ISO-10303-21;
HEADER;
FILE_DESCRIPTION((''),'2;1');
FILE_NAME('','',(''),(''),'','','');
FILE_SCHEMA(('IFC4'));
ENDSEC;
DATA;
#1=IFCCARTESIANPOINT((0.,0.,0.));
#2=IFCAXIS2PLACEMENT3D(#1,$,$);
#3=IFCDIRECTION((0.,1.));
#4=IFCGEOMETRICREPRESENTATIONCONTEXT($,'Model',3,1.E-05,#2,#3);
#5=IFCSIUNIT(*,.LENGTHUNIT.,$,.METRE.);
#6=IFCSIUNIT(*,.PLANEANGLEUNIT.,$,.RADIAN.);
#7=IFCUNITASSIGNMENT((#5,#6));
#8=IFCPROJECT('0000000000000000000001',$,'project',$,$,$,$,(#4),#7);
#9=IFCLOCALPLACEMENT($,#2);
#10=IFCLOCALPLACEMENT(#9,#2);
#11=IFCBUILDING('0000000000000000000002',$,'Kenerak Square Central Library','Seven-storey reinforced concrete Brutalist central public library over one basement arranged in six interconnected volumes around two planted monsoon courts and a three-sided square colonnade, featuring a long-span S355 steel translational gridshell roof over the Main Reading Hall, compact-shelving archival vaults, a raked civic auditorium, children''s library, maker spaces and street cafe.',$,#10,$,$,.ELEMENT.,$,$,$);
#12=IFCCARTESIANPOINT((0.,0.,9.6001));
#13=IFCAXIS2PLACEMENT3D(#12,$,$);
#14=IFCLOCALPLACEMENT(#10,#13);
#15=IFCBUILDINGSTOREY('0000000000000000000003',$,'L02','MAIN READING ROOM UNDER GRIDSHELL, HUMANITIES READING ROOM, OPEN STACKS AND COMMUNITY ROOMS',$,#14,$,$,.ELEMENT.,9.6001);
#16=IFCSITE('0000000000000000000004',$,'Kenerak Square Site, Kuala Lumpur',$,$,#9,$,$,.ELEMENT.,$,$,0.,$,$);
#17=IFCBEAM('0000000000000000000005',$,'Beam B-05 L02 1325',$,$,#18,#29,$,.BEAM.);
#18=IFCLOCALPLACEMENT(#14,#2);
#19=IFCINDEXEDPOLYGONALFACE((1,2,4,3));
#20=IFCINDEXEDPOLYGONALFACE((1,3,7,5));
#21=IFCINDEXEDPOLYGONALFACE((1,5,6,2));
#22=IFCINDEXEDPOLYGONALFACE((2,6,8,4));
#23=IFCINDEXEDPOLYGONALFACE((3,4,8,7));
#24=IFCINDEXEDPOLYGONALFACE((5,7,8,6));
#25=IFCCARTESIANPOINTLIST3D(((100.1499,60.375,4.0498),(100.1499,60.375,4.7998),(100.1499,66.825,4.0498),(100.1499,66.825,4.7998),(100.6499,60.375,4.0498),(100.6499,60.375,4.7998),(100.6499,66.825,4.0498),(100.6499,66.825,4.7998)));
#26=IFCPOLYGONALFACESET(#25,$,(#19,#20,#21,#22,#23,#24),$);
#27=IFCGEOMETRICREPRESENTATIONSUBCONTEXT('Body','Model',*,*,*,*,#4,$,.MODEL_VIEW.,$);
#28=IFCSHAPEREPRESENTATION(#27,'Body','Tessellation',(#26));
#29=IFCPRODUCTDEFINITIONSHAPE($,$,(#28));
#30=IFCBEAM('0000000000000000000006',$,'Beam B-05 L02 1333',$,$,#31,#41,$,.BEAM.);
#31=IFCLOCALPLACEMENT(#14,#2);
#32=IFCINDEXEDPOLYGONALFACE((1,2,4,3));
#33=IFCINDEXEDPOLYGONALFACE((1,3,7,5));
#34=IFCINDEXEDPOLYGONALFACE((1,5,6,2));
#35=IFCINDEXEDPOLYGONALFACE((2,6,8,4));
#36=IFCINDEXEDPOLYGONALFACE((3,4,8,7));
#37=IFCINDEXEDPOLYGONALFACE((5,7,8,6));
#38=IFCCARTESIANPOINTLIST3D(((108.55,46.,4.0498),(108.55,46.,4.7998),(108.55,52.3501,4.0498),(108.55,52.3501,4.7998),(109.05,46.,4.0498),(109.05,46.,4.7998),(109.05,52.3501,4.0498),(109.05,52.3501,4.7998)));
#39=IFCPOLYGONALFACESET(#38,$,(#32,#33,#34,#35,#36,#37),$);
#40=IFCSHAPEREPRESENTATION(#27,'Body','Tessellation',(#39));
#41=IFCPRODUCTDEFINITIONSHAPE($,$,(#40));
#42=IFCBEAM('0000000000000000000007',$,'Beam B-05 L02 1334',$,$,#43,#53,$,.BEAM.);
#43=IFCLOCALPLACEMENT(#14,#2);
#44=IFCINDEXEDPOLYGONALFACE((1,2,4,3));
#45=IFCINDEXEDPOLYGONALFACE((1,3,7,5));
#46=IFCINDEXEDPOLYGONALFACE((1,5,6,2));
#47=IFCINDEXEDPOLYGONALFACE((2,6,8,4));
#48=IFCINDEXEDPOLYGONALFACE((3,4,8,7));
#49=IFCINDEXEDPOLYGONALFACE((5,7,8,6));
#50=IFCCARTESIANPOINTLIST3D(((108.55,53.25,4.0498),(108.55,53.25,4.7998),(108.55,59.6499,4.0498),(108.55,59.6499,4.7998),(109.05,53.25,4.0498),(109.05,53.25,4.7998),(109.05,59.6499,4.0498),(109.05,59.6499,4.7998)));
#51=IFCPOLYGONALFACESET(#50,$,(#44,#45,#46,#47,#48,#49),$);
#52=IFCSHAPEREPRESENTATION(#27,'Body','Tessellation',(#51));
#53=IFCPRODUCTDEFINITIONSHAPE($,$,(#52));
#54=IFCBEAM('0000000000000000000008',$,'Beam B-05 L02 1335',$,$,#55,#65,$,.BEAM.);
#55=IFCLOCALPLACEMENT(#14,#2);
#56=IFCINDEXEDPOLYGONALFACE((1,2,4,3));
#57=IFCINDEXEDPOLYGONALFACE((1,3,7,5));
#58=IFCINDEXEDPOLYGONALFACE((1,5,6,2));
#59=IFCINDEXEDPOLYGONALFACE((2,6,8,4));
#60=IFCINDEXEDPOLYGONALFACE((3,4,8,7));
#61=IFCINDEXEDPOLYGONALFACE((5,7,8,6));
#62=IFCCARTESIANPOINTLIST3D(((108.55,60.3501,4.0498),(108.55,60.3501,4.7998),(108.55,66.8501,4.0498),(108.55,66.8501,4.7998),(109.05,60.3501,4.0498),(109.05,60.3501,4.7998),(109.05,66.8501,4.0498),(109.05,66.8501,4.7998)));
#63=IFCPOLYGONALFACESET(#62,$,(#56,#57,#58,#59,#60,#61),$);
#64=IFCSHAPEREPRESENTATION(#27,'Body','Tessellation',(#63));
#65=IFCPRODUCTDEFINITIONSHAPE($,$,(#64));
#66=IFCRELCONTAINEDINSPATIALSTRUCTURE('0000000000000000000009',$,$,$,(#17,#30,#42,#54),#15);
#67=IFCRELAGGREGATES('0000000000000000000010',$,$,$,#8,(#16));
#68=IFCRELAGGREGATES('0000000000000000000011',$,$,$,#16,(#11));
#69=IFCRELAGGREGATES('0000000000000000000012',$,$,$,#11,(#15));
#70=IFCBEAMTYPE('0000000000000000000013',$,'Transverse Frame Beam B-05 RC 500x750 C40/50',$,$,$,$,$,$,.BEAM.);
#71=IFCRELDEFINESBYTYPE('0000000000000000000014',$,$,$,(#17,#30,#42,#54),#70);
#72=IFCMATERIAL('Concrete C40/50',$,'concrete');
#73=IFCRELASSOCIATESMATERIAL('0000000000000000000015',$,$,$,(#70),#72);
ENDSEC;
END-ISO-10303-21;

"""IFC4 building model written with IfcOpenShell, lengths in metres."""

from ifc_helpers import new_model, si_unit, direction, frame, origin, origin_2d, place, context, subcontext, project, spatial, rectangle, extrude, material, material_profile, profile_set, type_object, element, save


model = new_model("IFC4")

# Units and contexts
model_context = context("Model", 3, precision=1e-05, world=origin(), true_north=direction((0.0, 1.0)))
body_context = subcontext(model_context, "Body", "Model", "MODEL_VIEW")
ifc_project = project(units=[si_unit("LENGTHUNIT", "METRE"), si_unit("PLANEANGLEUNIT", "RADIAN")], contexts=[model_context])

# Site, building, storey
site_placement = place(None, origin())
site = spatial("IfcSite", under=ifc_project, at=site_placement, Name="Kenerak Square Site, Kuala Lumpur", CompositionType="ELEMENT", RefElevation=0.0)
building_placement = place(site_placement, origin())
building = spatial("IfcBuilding", under=site, at=building_placement, Name="Kenerak Square Central Library", Description="Seven-storey reinforced concrete Brutalist central public library over one basement arranged in six interconnected volumes around two planted monsoon courts and a three-sided square colonnade, featuring a long-span S355 steel translational gridshell roof over the Main Reading Hall, compact-shelving archival vaults, a raked civic auditorium, children's library, maker spaces and street cafe.", CompositionType="ELEMENT")
storey_placement = place(building_placement, frame((0.0, 0.0, 9.6001)))
storey = spatial("IfcBuildingStorey", under=building, at=storey_placement, Name="L02", Description="MAIN READING ROOM UNDER GRIDSHELL, HUMANITIES READING ROOM, OPEN STACKS AND COMMUNITY ROOMS", CompositionType="ELEMENT", Elevation=9.6001)

# Shared definitions
ifc_material_1 = material(Name="Concrete C40/50", Category="concrete")

# Beams
ifc_material_profile_1 = material_profile(ifc_material_1, rectangle(XDim=0.5, YDim=0.75, at=origin_2d()), Name="RC 500x750")
ifc_profile_set_1 = profile_set([ifc_material_profile_1], Name="Concrete C40/50")
beam_type_1 = type_object("IfcBeamType", Name="Transverse Frame Beam B-05 RC 500x750 C40/50", PredefinedType="BEAM", material=ifc_profile_set_1)
beam_1_placement = place(storey_placement, frame((100.3999, 60.375, 4.4248), z_axis=(0.0, 1.0, 0.0), x_axis=(-1.0, 0.0, 0.0)))
element("IfcBeam", 1, at=beam_1_placement, inside=storey, type_object=beam_type_1, Name="Beam B-05 L02 1325", PredefinedType="BEAM", context=body_context, shape_type="SweptSolid", body=[
    extrude(rectangle(XDim=0.5, YDim=0.75, at=origin_2d()), origin(), (0.0, 0.0, 1.0), 6.45),
])
beam_2_placement = place(storey_placement, frame((108.8, 46.0, 4.4248), z_axis=(0.0, 1.0, 0.0), x_axis=(-1.0, 0.0, 0.0)))
element("IfcBeam", 2, at=beam_2_placement, inside=storey, type_object=beam_type_1, Name="Beam B-05 L02 1333", PredefinedType="BEAM", context=body_context, shape_type="SweptSolid", body=[
    extrude(rectangle(XDim=0.5, YDim=0.75, at=origin_2d()), origin(), (0.0, 0.0, 1.0), 6.3501),
])
beam_3_placement = place(storey_placement, frame((108.8, 53.25, 4.4248), z_axis=(0.0, 1.0, 0.0), x_axis=(-1.0, 0.0, 0.0)))
element("IfcBeam", 3, at=beam_3_placement, inside=storey, type_object=beam_type_1, Name="Beam B-05 L02 1334", PredefinedType="BEAM", context=body_context, shape_type="SweptSolid", body=[
    extrude(rectangle(XDim=0.5, YDim=0.75, at=origin_2d()), origin(), (0.0, 0.0, 1.0), 6.3999),
])
beam_4_placement = place(storey_placement, frame((108.8, 60.3501, 4.4248), z_axis=(0.0, 1.0, 0.0), x_axis=(-1.0, 0.0, 0.0)))
element("IfcBeam", 4, at=beam_4_placement, inside=storey, type_object=beam_type_1, Name="Beam B-05 L02 1335", PredefinedType="BEAM", context=body_context, shape_type="SweptSolid", body=[
    extrude(rectangle(XDim=0.5, YDim=0.75, at=origin_2d()), origin(), (0.0, 0.0, 1.0), 6.5),
])

save(model, "model.ifc")
